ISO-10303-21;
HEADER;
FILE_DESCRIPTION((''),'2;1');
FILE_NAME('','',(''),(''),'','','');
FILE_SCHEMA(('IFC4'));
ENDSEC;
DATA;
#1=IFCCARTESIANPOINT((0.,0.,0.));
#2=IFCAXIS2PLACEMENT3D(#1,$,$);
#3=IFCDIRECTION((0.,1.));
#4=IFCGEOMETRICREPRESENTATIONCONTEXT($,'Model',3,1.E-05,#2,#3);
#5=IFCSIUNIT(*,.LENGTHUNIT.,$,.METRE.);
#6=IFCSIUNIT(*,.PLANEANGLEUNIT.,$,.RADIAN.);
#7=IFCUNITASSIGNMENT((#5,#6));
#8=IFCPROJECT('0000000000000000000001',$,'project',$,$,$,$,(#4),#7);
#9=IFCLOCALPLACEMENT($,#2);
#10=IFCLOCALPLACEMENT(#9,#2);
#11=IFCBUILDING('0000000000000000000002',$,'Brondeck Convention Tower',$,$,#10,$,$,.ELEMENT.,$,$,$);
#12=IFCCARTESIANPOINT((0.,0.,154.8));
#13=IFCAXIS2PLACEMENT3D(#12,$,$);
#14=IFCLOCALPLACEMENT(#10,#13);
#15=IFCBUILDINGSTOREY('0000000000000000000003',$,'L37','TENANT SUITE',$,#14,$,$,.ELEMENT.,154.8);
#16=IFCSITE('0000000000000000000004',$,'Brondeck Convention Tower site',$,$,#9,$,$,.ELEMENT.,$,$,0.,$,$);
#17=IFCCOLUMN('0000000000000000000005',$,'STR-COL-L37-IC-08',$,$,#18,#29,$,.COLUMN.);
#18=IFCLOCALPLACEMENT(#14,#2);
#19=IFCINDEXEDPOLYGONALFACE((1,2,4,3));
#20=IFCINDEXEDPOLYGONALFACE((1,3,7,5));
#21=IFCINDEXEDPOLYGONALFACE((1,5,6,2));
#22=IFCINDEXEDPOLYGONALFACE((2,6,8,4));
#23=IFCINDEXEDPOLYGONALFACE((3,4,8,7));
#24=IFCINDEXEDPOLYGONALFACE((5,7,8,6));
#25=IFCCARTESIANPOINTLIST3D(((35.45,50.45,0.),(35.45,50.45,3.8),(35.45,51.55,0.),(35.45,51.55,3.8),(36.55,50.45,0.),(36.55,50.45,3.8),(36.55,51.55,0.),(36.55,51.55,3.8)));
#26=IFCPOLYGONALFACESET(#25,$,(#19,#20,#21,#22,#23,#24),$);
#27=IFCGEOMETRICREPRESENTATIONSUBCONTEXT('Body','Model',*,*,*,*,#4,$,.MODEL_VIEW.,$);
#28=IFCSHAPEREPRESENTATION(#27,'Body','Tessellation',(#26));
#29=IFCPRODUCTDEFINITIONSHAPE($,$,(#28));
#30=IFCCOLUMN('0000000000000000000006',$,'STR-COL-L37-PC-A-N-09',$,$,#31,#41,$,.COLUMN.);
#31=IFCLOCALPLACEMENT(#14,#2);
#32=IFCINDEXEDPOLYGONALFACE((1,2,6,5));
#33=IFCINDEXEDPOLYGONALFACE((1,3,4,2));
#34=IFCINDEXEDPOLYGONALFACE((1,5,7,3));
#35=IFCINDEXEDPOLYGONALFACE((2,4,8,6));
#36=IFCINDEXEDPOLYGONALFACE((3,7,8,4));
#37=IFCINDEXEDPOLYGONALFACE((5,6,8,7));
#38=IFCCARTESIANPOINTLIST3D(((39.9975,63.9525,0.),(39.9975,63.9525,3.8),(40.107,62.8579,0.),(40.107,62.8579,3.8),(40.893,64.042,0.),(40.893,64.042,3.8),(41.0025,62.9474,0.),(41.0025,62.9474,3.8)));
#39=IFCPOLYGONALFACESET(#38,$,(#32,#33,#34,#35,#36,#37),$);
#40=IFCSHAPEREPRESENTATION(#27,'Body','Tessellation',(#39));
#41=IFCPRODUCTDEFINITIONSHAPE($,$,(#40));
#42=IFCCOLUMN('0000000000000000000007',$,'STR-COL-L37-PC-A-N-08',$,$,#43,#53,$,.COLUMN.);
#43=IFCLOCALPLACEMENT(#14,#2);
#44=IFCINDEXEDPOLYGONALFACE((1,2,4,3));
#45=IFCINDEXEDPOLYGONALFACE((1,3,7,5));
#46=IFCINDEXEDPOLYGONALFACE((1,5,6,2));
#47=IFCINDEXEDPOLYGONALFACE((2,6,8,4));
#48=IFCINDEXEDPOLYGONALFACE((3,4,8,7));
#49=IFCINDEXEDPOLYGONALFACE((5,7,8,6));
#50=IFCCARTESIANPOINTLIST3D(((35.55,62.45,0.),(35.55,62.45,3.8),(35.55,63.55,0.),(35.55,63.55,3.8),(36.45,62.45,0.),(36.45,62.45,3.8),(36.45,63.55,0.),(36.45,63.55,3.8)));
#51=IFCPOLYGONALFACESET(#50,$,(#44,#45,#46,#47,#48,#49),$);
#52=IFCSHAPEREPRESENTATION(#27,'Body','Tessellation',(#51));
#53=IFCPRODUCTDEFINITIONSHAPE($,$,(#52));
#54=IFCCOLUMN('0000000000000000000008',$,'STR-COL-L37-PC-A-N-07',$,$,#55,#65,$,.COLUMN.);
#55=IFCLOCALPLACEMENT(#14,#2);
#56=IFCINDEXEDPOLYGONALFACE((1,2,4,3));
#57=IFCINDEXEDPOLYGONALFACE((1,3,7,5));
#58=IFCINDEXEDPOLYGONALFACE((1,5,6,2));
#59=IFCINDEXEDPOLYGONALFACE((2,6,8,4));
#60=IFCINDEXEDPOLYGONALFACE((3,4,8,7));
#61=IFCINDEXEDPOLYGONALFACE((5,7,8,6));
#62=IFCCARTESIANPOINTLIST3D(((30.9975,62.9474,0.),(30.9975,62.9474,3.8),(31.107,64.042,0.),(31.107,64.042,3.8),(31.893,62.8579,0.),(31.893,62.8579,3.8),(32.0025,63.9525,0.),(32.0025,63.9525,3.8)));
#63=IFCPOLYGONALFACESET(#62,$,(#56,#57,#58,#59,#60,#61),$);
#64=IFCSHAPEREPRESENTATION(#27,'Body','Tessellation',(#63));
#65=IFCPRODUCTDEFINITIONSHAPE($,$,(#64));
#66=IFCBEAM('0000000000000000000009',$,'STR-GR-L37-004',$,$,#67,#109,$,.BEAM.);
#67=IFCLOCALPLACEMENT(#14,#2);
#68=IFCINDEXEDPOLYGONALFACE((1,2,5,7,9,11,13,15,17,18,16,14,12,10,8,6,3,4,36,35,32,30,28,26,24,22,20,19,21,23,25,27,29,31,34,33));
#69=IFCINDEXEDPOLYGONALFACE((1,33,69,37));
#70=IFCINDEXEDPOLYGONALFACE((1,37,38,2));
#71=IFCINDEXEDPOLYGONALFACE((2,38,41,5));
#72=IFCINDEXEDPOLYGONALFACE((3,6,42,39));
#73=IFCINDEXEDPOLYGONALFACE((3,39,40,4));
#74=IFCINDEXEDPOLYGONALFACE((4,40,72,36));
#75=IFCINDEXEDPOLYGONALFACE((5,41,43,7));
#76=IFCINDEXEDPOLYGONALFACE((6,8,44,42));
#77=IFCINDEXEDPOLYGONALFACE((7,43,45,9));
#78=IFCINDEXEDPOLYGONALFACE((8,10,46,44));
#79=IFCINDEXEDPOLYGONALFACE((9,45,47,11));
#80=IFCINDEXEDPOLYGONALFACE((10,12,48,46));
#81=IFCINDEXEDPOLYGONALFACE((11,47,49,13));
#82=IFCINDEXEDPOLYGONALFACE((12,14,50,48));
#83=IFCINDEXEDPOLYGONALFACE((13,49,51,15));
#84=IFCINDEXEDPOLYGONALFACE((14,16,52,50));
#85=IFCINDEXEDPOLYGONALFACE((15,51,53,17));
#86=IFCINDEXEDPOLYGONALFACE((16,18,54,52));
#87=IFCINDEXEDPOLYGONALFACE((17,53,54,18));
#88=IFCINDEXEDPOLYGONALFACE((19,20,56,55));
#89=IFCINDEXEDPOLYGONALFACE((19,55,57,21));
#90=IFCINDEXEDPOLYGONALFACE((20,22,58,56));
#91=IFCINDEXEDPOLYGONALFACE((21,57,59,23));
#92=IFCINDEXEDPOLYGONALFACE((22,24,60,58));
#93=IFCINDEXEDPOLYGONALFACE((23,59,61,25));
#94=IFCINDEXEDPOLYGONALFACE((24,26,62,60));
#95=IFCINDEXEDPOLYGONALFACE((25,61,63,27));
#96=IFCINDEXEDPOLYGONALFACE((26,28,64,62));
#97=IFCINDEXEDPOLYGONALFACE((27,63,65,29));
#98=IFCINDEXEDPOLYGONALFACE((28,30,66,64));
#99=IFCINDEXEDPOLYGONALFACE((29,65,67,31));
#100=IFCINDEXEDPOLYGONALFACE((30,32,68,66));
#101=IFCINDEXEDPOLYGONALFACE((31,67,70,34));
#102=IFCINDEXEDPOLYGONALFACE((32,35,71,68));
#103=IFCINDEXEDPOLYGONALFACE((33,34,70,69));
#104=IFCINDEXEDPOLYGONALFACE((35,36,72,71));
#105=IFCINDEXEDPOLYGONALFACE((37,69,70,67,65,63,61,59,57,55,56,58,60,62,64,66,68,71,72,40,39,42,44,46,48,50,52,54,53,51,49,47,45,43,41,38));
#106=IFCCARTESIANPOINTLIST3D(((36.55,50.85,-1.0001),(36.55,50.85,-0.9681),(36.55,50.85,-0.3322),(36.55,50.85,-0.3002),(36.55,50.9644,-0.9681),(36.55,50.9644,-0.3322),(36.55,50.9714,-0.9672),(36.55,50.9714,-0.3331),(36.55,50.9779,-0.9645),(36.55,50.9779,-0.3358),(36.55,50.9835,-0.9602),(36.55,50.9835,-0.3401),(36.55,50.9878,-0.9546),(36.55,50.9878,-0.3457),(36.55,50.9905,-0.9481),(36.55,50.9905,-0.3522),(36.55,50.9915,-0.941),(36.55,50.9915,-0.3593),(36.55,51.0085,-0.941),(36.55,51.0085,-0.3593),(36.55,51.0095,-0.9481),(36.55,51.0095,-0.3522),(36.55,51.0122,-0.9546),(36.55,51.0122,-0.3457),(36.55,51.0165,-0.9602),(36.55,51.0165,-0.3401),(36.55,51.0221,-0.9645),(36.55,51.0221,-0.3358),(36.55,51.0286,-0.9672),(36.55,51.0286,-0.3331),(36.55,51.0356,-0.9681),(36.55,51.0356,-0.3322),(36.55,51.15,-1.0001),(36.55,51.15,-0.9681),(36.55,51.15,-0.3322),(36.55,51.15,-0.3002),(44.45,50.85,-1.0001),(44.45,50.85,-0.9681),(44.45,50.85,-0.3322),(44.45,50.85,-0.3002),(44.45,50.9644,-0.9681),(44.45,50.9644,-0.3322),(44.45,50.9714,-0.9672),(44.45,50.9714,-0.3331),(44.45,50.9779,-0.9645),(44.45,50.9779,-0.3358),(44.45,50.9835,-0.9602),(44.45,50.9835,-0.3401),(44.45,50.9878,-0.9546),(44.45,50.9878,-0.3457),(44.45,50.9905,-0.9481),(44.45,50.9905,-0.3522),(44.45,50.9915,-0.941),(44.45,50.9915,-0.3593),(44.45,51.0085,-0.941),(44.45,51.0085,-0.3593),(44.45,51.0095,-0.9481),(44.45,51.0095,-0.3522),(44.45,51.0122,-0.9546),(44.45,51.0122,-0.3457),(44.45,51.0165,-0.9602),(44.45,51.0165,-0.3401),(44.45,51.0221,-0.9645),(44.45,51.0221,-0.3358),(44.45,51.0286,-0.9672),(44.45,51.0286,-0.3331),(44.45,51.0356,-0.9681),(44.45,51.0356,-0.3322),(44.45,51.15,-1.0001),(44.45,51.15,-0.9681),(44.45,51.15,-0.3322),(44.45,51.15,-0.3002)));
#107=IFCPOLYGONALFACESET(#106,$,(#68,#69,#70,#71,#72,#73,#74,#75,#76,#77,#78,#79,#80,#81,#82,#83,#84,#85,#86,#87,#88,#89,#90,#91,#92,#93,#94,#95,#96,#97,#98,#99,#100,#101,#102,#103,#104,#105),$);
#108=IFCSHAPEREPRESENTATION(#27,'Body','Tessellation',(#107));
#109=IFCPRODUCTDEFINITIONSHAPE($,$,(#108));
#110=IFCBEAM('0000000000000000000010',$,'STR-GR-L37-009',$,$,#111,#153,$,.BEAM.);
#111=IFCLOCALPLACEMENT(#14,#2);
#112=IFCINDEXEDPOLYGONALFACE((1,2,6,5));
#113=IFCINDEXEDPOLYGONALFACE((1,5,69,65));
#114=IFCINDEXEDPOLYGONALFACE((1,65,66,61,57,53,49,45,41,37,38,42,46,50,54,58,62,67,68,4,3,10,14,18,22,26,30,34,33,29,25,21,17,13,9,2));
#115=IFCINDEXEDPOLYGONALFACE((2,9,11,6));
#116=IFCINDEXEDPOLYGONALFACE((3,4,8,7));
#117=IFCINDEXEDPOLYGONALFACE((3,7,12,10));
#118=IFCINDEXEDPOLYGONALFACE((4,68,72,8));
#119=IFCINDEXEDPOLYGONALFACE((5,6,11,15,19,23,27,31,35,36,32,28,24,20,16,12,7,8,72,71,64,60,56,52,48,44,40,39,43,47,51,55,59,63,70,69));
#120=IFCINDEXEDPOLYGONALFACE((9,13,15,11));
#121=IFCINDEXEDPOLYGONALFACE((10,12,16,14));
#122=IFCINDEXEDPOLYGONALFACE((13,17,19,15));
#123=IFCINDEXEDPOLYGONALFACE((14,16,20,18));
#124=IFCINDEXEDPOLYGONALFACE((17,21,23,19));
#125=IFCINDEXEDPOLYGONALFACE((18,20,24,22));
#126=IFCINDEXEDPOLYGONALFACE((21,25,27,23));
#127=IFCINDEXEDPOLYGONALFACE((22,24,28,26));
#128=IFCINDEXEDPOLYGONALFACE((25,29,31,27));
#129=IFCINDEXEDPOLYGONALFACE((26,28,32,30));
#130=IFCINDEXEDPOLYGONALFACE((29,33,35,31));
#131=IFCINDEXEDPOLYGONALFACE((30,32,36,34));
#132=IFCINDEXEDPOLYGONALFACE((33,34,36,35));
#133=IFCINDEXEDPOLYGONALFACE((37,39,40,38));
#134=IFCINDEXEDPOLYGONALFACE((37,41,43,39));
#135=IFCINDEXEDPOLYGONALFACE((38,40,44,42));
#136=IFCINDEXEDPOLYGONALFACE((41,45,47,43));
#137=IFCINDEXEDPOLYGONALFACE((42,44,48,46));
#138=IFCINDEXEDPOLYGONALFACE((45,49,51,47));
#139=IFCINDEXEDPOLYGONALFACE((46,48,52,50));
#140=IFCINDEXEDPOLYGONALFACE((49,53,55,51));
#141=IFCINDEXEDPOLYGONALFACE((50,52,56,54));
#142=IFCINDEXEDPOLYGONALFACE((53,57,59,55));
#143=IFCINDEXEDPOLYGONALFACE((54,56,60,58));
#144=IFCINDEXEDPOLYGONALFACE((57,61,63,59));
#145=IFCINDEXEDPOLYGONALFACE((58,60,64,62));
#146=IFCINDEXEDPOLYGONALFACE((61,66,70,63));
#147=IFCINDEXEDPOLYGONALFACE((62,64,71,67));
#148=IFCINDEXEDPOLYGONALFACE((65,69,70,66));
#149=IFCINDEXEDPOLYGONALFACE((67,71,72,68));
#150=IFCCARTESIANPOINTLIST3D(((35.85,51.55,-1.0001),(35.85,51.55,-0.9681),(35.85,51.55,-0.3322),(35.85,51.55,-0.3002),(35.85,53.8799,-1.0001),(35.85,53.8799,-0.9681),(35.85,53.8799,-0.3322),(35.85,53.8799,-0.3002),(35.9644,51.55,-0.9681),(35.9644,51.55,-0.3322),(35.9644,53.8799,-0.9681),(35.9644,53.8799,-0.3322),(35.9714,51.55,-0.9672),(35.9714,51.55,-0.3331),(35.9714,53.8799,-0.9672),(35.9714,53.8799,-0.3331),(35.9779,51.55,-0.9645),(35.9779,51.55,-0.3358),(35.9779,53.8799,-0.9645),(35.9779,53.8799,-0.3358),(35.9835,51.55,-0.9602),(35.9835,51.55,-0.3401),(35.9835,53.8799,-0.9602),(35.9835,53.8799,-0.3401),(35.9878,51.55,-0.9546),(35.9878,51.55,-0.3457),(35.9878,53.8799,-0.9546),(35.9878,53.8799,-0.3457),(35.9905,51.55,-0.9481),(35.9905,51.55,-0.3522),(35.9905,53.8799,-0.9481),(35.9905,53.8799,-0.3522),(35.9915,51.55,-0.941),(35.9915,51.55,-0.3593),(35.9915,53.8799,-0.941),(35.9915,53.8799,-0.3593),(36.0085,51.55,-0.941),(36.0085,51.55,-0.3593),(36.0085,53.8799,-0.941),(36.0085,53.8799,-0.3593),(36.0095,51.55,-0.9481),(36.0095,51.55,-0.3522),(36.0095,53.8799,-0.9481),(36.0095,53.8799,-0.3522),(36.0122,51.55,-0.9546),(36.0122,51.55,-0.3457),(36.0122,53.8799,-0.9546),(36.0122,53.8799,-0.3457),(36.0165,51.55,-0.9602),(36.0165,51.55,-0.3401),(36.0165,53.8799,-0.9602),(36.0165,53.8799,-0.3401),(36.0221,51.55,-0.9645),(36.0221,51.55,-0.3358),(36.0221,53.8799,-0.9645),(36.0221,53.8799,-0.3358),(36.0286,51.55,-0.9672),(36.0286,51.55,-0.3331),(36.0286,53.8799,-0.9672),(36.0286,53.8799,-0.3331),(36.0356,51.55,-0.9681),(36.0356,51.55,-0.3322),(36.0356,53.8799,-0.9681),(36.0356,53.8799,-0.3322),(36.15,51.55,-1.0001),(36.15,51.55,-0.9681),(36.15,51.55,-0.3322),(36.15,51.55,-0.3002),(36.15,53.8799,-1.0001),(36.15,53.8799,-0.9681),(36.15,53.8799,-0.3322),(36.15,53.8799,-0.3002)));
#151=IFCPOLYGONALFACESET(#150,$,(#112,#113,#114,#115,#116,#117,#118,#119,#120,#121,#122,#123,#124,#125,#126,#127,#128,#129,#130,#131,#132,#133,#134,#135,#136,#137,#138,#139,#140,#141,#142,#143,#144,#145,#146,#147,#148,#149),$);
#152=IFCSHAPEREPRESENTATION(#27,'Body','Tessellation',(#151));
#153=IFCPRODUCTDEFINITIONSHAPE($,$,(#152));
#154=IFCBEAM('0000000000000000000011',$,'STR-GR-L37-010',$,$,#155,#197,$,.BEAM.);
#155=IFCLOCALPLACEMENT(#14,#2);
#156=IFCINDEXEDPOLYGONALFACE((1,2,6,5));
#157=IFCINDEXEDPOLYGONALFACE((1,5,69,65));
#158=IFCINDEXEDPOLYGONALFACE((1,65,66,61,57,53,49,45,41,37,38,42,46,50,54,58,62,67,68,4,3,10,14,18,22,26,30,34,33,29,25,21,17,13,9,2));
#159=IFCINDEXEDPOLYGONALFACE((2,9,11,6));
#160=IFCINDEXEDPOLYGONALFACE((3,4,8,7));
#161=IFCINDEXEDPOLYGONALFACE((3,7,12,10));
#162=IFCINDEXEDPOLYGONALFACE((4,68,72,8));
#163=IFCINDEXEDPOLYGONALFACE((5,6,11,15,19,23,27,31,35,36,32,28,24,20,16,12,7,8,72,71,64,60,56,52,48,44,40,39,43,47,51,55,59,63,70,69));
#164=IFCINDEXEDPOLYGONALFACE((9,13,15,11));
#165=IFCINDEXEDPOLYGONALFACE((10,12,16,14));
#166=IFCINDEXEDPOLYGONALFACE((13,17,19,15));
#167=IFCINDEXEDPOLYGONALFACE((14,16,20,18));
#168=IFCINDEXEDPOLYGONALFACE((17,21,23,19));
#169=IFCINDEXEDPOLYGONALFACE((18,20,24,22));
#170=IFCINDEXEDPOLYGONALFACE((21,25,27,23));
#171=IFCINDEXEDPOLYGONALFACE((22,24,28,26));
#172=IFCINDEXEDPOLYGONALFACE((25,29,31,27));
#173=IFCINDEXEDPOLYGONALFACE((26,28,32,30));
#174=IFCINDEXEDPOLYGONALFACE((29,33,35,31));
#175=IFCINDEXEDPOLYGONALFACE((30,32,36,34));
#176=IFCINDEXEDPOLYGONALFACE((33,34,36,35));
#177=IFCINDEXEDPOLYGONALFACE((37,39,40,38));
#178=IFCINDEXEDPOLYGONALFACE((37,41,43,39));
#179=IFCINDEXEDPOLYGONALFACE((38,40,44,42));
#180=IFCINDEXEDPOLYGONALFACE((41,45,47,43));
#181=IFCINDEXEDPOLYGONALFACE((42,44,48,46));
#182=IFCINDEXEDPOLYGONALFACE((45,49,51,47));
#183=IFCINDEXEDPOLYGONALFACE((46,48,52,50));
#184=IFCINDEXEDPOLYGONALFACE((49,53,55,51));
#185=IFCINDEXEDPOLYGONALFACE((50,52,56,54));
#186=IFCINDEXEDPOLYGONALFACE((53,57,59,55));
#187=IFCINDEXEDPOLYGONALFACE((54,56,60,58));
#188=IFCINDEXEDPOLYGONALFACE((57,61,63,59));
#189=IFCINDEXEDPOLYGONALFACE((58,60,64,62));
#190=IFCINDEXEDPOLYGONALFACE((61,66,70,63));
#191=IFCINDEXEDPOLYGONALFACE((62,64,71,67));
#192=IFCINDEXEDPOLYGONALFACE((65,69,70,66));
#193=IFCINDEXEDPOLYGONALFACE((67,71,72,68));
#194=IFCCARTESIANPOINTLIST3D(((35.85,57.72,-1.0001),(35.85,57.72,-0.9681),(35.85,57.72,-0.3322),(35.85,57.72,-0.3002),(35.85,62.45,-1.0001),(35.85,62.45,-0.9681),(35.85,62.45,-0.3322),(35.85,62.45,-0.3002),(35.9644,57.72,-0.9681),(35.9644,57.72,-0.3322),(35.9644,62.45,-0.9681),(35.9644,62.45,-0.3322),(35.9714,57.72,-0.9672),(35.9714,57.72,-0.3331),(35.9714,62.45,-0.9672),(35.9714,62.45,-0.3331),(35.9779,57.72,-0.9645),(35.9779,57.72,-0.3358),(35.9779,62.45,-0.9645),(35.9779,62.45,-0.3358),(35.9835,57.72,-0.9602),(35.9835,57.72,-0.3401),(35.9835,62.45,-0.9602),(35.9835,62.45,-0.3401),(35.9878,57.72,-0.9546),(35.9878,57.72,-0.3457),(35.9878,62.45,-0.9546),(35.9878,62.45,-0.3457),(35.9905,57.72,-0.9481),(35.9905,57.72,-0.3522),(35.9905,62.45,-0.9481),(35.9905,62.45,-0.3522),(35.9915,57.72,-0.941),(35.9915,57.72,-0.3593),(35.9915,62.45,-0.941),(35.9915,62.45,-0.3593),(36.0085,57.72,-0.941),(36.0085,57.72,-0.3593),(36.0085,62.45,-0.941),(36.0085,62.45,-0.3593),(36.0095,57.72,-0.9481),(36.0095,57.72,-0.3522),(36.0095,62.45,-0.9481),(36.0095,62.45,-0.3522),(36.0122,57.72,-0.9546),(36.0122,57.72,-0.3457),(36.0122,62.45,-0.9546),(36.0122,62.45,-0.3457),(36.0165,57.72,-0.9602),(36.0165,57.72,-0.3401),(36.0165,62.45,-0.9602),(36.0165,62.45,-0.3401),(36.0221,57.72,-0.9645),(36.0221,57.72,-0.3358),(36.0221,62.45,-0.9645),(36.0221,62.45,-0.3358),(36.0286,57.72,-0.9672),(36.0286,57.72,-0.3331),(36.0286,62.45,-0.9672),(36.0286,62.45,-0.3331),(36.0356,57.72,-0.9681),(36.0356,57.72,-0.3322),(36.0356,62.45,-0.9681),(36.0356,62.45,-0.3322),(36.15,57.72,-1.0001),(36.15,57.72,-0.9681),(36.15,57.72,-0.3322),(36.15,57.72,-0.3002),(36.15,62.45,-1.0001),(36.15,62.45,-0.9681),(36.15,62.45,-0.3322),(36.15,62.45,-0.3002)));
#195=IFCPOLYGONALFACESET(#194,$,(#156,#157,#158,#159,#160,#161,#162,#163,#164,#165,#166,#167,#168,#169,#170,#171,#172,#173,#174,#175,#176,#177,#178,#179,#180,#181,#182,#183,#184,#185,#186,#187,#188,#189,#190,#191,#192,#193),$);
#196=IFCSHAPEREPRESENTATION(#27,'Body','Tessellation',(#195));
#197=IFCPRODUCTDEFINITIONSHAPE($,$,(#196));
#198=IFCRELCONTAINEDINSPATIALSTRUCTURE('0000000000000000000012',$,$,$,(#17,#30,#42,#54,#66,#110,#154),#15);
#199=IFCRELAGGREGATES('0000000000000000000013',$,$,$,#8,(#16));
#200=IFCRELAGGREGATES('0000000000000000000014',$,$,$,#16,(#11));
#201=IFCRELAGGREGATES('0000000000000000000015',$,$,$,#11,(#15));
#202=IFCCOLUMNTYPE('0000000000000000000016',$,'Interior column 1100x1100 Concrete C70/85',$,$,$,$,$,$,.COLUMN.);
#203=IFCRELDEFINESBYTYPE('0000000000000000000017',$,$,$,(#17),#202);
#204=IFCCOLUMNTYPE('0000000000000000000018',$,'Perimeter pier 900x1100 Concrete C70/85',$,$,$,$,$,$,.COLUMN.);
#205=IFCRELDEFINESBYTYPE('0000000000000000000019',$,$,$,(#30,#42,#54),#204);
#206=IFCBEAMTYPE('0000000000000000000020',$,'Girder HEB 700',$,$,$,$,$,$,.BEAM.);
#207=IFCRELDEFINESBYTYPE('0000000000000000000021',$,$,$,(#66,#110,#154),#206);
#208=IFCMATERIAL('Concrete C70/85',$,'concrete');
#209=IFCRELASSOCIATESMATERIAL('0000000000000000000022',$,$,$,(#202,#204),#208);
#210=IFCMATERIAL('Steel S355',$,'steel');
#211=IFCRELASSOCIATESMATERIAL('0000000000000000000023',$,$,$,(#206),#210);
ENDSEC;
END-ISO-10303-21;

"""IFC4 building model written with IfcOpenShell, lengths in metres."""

from ifc_helpers import new_model, si_unit, direction, frame, origin, origin_2d, place, context, subcontext, project, spatial, rectangle, i_section, extrude, material, material_profile, profile_set, type_object, element, save


model = new_model("IFC4")

# Units and contexts
model_context = context("Model", 3, precision=1e-05, world=origin(), true_north=direction((0.0, 1.0)))
body_context = subcontext(model_context, "Body", "Model", "MODEL_VIEW")
ifc_project = project(units=[si_unit("LENGTHUNIT", "METRE"), si_unit("PLANEANGLEUNIT", "RADIAN")], contexts=[model_context])

# Site, building, storey
site_placement = place(None, origin())
site = spatial("IfcSite", under=ifc_project, at=site_placement, Name="Brondeck Convention Tower site", CompositionType="ELEMENT", RefElevation=0.0)
building_placement = place(site_placement, origin())
building = spatial("IfcBuilding", under=site, at=building_placement, Name="Brondeck Convention Tower", CompositionType="ELEMENT")
storey_placement = place(building_placement, frame((0.0, 0.0, 154.8)))
storey = spatial("IfcBuildingStorey", under=building, at=storey_placement, Name="L37", Description="TENANT SUITE", CompositionType="ELEMENT", Elevation=154.8)

# Columns
ifc_material_1 = material(Name="Concrete C70/85", Category="concrete")
ifc_material_profile_1 = material_profile(ifc_material_1, rectangle(XDim=1.1001, YDim=1.1001, at=origin_2d()), Name="Interior column 1100x1100 Concrete C70/85")
ifc_profile_set_1 = profile_set([ifc_material_profile_1], Name="Concrete C70/85")
column_type_1 = type_object("IfcColumnType", Name="Interior column 1100x1100 Concrete C70/85", PredefinedType="COLUMN", material=ifc_profile_set_1)
column_placement = place(storey_placement, frame((36.0, 51.0, 0.0), z_axis=(0.0, 0.0, 1.0), x_axis=(1.0, 0.0, 0.0)))
element("IfcColumn", 1, at=column_placement, inside=storey, type_object=column_type_1, Name="STR-COL-L37-IC-08", PredefinedType="COLUMN", context=body_context, shape_type="SweptSolid", body=[
    extrude(rectangle(XDim=1.1001, YDim=1.1001, at=origin_2d()), origin(), (0.0, 0.0, 1.0), 3.8),
])
ifc_material_profile_2 = material_profile(ifc_material_1, rectangle(XDim=0.8999, YDim=1.1001, at=origin_2d()), Name="Perimeter pier 900x1100 Concrete C70/85")
ifc_profile_set_2 = profile_set([ifc_material_profile_2], Name="Concrete C70/85")
column_type_2 = type_object("IfcColumnType", Name="Perimeter pier 900x1100 Concrete C70/85", PredefinedType="COLUMN", material=ifc_profile_set_2)
for number, where, z_axis, x_axis, name in (
    (2, (40.5, 63.45, 0.0), (0.0, 0.0, 1.0), (-0.995037, -0.099504, 0.0), "STR-COL-L37-PC-A-N-09"),
    (3, (36.0, 63.0, 0.0), (0.0, 0.0, 1.0), (-1.0, 0.0, 0.0), "STR-COL-L37-PC-A-N-08"),
    (4, (31.5, 63.45, 0.0), (0.0, 0.0, 1.0), (-0.995037, 0.099504, 0.0), "STR-COL-L37-PC-A-N-07"),
):
    element("IfcColumn", number, at=place(storey_placement, frame(where, z_axis=z_axis, x_axis=x_axis)), inside=storey, type_object=column_type_2, Name=name, PredefinedType="COLUMN", context=body_context, shape_type="SweptSolid", body=[
        extrude(rectangle(XDim=0.8999, YDim=1.1001, at=origin_2d()), origin(), (0.0, 0.0, 1.0), 3.8),
    ])

# Beams
ifc_material_2 = material(Name="Steel S355", Category="steel")
ifc_material_profile_3 = material_profile(ifc_material_2, i_section(OverallWidth=0.3, OverallDepth=0.7, WebThickness=0.0171, FlangeThickness=0.032, FilletRadius=0.0271, at=origin_2d()), Name="HEB 700")
ifc_profile_set_3 = profile_set([ifc_material_profile_3], Name="Steel S355")
beam_type_1 = type_object("IfcBeamType", Name="Girder HEB 700", PredefinedType="BEAM", material=ifc_profile_set_3)
beam_1_placement = place(storey_placement, frame((36.55, 51.0, -0.6501), z_axis=(1.0, 0.0, 0.0), x_axis=(0.0, 1.0, 0.0)))
element("IfcBeam", 5, at=beam_1_placement, inside=storey, type_object=beam_type_1, Name="STR-GR-L37-004", PredefinedType="BEAM", context=body_context, shape_type="SweptSolid", body=[
    extrude(i_section(OverallWidth=0.3, OverallDepth=0.7, WebThickness=0.0171, FlangeThickness=0.032, FilletRadius=0.0271, at=origin_2d()), origin(), (0.0, 0.0, 1.0), 7.8999),
])
beam_2_placement = place(storey_placement, frame((36.0, 51.55, -0.6501), z_axis=(0.0, 1.0, 0.0), x_axis=(-1.0, 0.0, 0.0)))
element("IfcBeam", 6, at=beam_2_placement, inside=storey, type_object=beam_type_1, Name="STR-GR-L37-009", PredefinedType="BEAM", context=body_context, shape_type="SweptSolid", body=[
    extrude(i_section(OverallWidth=0.3, OverallDepth=0.7, WebThickness=0.0171, FlangeThickness=0.032, FilletRadius=0.0271, at=origin_2d()), origin(), (0.0, 0.0, 1.0), 2.3298),
])
beam_3_placement = place(storey_placement, frame((36.0, 57.72, -0.6501), z_axis=(0.0, 1.0, 0.0), x_axis=(-1.0, 0.0, 0.0)))
element("IfcBeam", 7, at=beam_3_placement, inside=storey, type_object=beam_type_1, Name="STR-GR-L37-010", PredefinedType="BEAM", context=body_context, shape_type="SweptSolid", body=[
    extrude(i_section(OverallWidth=0.3, OverallDepth=0.7, WebThickness=0.0171, FlangeThickness=0.032, FilletRadius=0.0271, at=origin_2d()), origin(), (0.0, 0.0, 1.0), 4.73),
])

save(model, "model.ifc")
